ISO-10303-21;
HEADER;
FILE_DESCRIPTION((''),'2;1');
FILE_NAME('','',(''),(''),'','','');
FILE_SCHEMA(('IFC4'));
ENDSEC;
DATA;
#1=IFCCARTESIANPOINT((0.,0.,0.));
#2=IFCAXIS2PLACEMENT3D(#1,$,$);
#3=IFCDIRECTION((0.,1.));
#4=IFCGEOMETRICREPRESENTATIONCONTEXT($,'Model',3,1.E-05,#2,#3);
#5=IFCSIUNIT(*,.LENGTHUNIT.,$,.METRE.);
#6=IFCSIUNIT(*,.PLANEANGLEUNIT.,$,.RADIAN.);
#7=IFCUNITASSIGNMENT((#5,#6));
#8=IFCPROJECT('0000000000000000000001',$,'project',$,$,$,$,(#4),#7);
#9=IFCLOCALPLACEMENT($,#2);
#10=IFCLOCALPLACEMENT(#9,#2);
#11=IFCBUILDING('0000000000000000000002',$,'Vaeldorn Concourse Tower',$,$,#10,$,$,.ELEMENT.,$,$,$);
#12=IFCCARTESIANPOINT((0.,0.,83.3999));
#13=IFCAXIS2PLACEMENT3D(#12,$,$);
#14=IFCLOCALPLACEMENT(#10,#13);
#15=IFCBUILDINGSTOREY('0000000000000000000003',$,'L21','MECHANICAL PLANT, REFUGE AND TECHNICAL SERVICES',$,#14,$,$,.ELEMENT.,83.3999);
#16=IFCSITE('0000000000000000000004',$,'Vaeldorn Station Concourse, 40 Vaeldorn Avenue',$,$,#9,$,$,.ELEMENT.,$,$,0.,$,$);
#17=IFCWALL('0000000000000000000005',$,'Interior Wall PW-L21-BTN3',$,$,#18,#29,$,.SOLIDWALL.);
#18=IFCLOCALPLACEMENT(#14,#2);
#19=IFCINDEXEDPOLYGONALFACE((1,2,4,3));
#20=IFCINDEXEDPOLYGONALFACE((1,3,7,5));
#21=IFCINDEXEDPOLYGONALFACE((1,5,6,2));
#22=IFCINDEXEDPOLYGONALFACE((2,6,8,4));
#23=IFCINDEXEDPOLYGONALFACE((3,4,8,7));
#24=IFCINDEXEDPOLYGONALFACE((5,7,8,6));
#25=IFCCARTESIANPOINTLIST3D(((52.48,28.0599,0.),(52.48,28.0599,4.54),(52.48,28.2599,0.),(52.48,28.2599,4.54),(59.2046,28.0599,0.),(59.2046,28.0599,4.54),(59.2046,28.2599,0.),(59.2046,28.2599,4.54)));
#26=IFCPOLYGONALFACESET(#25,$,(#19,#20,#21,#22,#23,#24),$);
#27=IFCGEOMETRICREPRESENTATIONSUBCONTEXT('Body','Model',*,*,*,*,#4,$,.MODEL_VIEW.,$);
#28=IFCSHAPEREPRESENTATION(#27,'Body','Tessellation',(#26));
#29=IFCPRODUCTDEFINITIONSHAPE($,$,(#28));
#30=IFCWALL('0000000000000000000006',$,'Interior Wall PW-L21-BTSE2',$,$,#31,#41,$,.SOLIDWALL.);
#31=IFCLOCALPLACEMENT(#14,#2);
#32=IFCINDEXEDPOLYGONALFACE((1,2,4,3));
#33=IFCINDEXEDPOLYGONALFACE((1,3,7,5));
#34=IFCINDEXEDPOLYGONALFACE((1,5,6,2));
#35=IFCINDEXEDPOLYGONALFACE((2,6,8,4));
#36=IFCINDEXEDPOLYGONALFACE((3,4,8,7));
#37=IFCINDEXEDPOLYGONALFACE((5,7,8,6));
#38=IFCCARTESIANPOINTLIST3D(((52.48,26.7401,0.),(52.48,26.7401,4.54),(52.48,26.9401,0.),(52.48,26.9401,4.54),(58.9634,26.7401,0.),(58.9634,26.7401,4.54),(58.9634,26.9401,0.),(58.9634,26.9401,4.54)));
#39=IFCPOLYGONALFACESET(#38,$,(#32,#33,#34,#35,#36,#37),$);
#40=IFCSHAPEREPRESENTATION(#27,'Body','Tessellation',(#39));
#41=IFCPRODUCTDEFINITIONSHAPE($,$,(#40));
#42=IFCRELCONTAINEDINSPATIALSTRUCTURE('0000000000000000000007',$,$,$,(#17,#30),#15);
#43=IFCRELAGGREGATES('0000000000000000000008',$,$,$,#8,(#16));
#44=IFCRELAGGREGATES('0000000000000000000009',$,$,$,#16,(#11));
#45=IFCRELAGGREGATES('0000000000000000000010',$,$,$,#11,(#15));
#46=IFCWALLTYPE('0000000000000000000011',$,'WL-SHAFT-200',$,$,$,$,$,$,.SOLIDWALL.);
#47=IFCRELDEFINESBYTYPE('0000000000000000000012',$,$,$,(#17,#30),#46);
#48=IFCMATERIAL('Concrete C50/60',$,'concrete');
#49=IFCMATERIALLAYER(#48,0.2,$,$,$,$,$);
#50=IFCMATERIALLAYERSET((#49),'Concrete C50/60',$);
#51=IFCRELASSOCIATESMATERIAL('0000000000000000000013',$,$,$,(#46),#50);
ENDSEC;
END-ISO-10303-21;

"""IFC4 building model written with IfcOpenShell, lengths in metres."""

from ifc_helpers import new_model, si_unit, direction, frame, frame_2d, origin, place, context, subcontext, project, spatial, rectangle, extrude, material, layer, layer_set, type_object, element, save


model = new_model("IFC4")

# Units and contexts
model_context = context("Model", 3, precision=1e-05, world=origin(), true_north=direction((0.0, 1.0)))
body_context = subcontext(model_context, "Body", "Model", "MODEL_VIEW")
ifc_project = project(units=[si_unit("LENGTHUNIT", "METRE"), si_unit("PLANEANGLEUNIT", "RADIAN")], contexts=[model_context])

# Site, building, storey
site_placement = place(None, origin())
site = spatial("IfcSite", under=ifc_project, at=site_placement, Name="Vaeldorn Station Concourse, 40 Vaeldorn Avenue", CompositionType="ELEMENT", RefElevation=0.0)
building_placement = place(site_placement, origin())
building = spatial("IfcBuilding", under=site, at=building_placement, Name="Vaeldorn Concourse Tower", CompositionType="ELEMENT")
storey_placement = place(building_placement, frame((0.0, 0.0, 83.3999)))
storey = spatial("IfcBuildingStorey", under=building, at=storey_placement, Name="L21", Description="MECHANICAL PLANT, REFUGE AND TECHNICAL SERVICES", CompositionType="ELEMENT", Elevation=83.3999)

# Shared definitions
ifc_material_1 = material(Name="Concrete C50/60", Category="concrete")
ifc_layer_1 = layer(ifc_material_1, 0.2)
ifc_layer_set_1 = layer_set([ifc_layer_1], Name="Concrete C50/60")
wall_type = type_object("IfcWallType", Name="WL-SHAFT-200", PredefinedType="SOLIDWALL", material=ifc_layer_set_1)

# Walls
wall_1_placement = place(storey_placement, frame((52.48, 28.1599, 0.0), z_axis=(0.0, 0.0, 1.0), x_axis=(1.0, 0.0, 0.0)))
element("IfcWall", 1, at=wall_1_placement, inside=storey, type_object=wall_type, Name="Interior Wall PW-L21-BTN3", PredefinedType="SOLIDWALL", context=body_context, shape_type="SweptSolid", body=[
    extrude(rectangle(XDim=6.7246, YDim=0.2, at=frame_2d((3.3623, 0.0))), origin(), (0.0, 0.0, 1.0), 4.54),
])
wall_2_placement = place(storey_placement, frame((52.48, 26.8401, 0.0), z_axis=(0.0, 0.0, 1.0), x_axis=(1.0, 0.0, 0.0)))
element("IfcWall", 2, at=wall_2_placement, inside=storey, type_object=wall_type, Name="Interior Wall PW-L21-BTSE2", PredefinedType="SOLIDWALL", context=body_context, shape_type="SweptSolid", body=[
    extrude(rectangle(XDim=6.4834, YDim=0.2, at=frame_2d((3.2417, 0.0))), origin(), (0.0, 0.0, 1.0), 4.54),
])

save(model, "model.ifc")
